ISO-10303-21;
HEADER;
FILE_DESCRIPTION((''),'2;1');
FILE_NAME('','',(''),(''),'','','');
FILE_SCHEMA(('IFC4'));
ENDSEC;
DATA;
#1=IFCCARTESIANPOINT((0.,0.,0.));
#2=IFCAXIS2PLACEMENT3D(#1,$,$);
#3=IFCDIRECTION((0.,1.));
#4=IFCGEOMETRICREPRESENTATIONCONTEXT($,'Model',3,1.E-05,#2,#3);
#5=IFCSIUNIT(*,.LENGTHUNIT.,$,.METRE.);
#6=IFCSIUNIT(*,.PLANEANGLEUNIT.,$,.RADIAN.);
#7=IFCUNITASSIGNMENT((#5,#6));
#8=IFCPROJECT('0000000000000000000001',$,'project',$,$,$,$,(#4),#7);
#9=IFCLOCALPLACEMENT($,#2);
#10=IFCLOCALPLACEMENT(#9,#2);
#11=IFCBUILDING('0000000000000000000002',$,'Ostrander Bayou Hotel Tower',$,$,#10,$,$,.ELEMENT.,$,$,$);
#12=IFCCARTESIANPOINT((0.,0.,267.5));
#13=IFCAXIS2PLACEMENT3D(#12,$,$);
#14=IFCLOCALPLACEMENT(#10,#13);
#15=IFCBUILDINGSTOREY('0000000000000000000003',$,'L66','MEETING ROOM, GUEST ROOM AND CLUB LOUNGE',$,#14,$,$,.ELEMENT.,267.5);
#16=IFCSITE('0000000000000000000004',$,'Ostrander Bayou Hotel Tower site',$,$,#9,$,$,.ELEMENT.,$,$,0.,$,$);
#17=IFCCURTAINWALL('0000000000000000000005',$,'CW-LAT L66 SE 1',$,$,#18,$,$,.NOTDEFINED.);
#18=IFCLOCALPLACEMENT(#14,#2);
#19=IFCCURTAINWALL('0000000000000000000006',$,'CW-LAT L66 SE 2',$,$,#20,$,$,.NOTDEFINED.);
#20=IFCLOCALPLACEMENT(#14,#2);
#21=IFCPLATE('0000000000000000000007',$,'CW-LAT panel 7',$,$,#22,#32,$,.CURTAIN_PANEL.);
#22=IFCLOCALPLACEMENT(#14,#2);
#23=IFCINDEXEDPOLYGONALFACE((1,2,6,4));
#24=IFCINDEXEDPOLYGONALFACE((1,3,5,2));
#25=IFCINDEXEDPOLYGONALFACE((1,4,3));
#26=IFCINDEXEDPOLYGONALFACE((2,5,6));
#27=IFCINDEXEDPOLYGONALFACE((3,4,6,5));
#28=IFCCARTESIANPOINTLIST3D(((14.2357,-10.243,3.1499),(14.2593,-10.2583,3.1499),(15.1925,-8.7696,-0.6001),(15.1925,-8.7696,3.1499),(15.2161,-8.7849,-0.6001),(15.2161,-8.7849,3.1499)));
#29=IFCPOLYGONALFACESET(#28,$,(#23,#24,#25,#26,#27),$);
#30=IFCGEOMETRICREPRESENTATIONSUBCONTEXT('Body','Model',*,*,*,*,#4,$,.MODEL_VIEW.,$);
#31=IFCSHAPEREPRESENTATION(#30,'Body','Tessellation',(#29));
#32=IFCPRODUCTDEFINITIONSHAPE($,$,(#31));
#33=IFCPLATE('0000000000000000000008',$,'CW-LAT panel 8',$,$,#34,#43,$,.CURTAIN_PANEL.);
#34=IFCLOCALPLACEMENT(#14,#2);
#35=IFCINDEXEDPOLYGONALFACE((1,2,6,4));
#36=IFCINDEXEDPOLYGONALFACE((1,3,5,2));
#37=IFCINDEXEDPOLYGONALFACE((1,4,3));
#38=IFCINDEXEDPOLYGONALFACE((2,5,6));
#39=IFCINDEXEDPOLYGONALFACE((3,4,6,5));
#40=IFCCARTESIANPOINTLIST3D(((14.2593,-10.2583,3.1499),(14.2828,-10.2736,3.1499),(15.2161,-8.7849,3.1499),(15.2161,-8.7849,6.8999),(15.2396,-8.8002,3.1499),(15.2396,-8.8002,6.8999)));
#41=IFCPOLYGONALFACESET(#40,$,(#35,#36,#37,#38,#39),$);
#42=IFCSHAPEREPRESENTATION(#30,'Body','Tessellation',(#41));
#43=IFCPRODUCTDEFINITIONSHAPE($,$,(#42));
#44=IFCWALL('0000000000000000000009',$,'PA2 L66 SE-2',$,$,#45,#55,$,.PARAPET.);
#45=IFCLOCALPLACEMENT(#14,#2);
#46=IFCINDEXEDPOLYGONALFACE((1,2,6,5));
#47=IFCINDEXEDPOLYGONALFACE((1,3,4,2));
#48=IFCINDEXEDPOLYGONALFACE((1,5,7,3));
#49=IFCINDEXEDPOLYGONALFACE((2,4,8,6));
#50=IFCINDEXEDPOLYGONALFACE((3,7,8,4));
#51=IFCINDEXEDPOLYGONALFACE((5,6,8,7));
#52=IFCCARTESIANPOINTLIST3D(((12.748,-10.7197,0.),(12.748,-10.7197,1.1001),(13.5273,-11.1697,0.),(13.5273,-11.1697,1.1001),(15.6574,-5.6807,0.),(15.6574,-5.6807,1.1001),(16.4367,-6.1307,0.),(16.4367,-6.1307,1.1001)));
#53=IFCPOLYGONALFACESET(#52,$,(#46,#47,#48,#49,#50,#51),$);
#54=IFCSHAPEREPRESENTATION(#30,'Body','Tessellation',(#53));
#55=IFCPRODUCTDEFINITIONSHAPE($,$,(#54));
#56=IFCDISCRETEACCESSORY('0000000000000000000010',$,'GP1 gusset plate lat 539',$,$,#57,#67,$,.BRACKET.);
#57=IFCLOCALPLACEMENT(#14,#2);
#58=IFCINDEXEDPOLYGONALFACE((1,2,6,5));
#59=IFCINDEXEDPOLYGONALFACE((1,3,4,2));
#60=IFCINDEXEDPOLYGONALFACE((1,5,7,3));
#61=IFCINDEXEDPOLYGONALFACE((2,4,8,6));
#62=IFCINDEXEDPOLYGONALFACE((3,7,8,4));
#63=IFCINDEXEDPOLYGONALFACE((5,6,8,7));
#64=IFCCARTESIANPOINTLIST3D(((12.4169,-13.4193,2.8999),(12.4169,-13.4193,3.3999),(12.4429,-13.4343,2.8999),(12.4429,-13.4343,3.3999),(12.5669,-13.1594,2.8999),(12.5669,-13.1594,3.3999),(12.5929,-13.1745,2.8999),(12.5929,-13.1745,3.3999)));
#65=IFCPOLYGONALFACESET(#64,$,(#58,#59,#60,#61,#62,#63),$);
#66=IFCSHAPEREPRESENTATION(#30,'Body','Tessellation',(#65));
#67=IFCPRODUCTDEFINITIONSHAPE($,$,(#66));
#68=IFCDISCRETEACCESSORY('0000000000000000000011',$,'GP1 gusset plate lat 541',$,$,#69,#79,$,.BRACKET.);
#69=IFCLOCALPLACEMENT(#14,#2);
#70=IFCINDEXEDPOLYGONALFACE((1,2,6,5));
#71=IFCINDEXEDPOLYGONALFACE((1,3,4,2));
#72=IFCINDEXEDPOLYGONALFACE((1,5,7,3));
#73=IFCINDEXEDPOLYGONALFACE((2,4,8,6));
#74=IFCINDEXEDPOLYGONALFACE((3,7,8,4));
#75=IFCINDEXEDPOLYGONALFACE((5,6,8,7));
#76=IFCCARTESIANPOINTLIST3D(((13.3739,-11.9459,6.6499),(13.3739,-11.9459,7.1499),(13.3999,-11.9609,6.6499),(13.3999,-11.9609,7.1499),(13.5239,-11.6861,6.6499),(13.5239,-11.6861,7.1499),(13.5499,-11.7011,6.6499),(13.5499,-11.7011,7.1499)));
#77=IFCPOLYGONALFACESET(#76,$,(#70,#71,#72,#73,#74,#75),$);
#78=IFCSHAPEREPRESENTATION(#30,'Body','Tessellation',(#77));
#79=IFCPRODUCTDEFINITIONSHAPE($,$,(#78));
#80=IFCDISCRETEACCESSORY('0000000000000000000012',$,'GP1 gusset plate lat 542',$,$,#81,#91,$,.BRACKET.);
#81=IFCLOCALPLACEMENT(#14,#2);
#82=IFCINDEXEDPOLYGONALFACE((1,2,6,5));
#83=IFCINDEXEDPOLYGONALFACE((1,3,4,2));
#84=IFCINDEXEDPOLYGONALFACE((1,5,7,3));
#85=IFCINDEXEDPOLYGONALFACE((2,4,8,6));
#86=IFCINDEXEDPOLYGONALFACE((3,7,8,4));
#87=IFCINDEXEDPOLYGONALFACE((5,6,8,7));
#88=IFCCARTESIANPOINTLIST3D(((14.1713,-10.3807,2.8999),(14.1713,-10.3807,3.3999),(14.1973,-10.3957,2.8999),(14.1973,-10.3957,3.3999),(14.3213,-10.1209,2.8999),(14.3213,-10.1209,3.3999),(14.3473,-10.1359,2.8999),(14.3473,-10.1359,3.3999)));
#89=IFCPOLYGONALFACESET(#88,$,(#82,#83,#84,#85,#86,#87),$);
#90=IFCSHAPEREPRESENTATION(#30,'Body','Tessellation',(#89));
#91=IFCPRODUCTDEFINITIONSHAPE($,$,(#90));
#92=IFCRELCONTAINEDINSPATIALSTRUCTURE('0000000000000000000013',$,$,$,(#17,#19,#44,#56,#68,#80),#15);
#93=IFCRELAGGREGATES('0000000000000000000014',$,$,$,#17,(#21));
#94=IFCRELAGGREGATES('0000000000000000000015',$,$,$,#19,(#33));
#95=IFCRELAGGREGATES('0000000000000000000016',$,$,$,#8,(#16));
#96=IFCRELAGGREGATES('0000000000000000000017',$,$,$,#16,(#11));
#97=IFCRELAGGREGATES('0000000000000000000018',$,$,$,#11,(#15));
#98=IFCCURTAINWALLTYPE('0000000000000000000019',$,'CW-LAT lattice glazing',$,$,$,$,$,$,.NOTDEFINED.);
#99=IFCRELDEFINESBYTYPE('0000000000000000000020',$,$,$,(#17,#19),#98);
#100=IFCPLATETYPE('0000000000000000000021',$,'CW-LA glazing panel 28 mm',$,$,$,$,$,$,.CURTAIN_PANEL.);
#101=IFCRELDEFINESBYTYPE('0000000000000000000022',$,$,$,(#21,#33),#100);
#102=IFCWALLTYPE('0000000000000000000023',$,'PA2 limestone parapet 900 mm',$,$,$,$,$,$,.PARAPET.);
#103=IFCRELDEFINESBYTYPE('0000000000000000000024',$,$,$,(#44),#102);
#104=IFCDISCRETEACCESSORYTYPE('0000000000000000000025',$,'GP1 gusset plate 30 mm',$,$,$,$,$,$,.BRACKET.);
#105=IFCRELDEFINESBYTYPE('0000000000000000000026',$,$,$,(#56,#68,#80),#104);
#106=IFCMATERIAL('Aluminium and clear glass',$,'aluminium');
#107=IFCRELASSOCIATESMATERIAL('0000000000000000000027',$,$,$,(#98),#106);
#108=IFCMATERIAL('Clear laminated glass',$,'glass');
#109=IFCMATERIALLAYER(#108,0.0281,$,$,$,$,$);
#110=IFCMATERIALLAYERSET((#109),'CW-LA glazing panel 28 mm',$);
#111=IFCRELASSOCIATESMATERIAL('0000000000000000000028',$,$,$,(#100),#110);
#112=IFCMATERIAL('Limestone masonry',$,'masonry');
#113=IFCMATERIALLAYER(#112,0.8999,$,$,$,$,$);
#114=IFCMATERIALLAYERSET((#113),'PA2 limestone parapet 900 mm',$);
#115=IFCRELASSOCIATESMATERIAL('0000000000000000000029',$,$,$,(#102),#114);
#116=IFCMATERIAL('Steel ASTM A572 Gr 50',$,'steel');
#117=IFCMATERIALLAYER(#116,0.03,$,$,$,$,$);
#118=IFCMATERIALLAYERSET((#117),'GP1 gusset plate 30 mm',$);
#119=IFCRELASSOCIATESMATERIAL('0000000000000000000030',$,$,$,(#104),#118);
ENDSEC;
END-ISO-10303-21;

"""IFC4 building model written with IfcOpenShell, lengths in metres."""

from ifc_helpers import new_model, si_unit, direction, frame, frame_2d, origin, origin_2d, place, context, subcontext, project, spatial, polyline, rectangle, outline, extrude, material, layer, layer_set, type_object, element, aggregate, save


model = new_model("IFC4")

# Units and contexts
model_context = context("Model", 3, precision=1e-05, world=origin(), true_north=direction((0.0, 1.0)))
body_context = subcontext(model_context, "Body", "Model", "MODEL_VIEW")
ifc_project = project(units=[si_unit("LENGTHUNIT", "METRE"), si_unit("PLANEANGLEUNIT", "RADIAN")], contexts=[model_context])

# Site, building, storey
site_placement = place(None, origin())
site = spatial("IfcSite", under=ifc_project, at=site_placement, Name="Ostrander Bayou Hotel Tower site", CompositionType="ELEMENT", RefElevation=0.0)
building_placement = place(site_placement, origin())
building = spatial("IfcBuilding", under=site, at=building_placement, Name="Ostrander Bayou Hotel Tower", CompositionType="ELEMENT")
storey_placement = place(building_placement, frame((0.0, 0.0, 267.5)))
storey = spatial("IfcBuildingStorey", under=building, at=storey_placement, Name="L66", Description="MEETING ROOM, GUEST ROOM AND CLUB LOUNGE", CompositionType="ELEMENT", Elevation=267.5)

# Curtain walls
ifc_material_1 = material(Name="Aluminium and clear glass", Category="aluminium")
curtain_wall_type = type_object("IfcCurtainWallType", Name="CW-LAT lattice glazing", PredefinedType="NOTDEFINED", material=ifc_material_1)
curtain_wall_1_placement = place(storey_placement, origin())
curtain_wall_1 = element("IfcCurtainWall", 1, at=curtain_wall_1_placement, inside=storey, type_object=curtain_wall_type, Name="CW-LAT L66 SE 1", PredefinedType="NOTDEFINED")
curtain_wall_2_placement = place(storey_placement, origin())
curtain_wall_2 = element("IfcCurtainWall", 2, at=curtain_wall_2_placement, inside=storey, type_object=curtain_wall_type, Name="CW-LAT L66 SE 2", PredefinedType="NOTDEFINED")

# Shared definitions
ifc_material_2 = material(Name="Clear laminated glass", Category="glass")
ifc_layer_1 = layer(ifc_material_2, 0.0281)
ifc_layer_set_1 = layer_set([ifc_layer_1], Name="CW-LA glazing panel 28 mm")
plate_type = type_object("IfcPlateType", Name="CW-LA glazing panel 28 mm", PredefinedType="CURTAIN_PANEL", material=ifc_layer_set_1)

# Plates
plate_1_placement = place(storey_placement, frame((14.2593, -10.2583, 3.1499), z_axis=(0.838682, -0.544622, 0.0), x_axis=(0.231046, 0.355795, -0.905554)))
plate_1 = element("IfcPlate", 3, at=plate_1_placement, type_object=plate_type, Name="CW-LAT panel 7", PredefinedType="CURTAIN_PANEL", context=body_context, shape_type="SweptSolid", body=[
    extrude(outline(polyline([(0.0, 0.0), (4.1411, 0.0), (0.7453, 1.5909), (0.0, 0.0)])), origin(), (0.0, 0.0, -1.0), 0.0281),
])
aggregate(curtain_wall_1, [plate_1])
plate_2_placement = place(storey_placement, frame((14.2593, -10.2583, 3.1499), z_axis=(-0.838682, 0.544622, 0.0), x_axis=(0.231046, 0.355795, 0.905554)))
plate_2 = element("IfcPlate", 4, at=plate_2_placement, type_object=plate_type, Name="CW-LAT panel 8", PredefinedType="CURTAIN_PANEL", context=body_context, shape_type="SweptSolid", body=[
    extrude(outline(polyline([(0.0, 0.0), (4.1411, 0.0), (0.7453, 1.5909), (0.0, 0.0)])), origin(), (0.0, 0.0, -1.0), 0.0281),
])
aggregate(curtain_wall_2, [plate_2])

# Wall
ifc_material_3 = material(Name="Limestone masonry", Category="masonry")
ifc_layer_2 = layer(ifc_material_3, 0.8999)
ifc_layer_set_2 = layer_set([ifc_layer_2], Name="PA2 limestone parapet 900 mm")
wall_type = type_object("IfcWallType", Name="PA2 limestone parapet 900 mm", PredefinedType="PARAPET", material=ifc_layer_set_2)
wall_placement = place(storey_placement, frame((13.1377, -10.9446, 0.0), z_axis=(0.0, 0.0, 1.0), x_axis=(0.500015, 0.866016, 0.0)))
element("IfcWall", 5, at=wall_placement, inside=storey, type_object=wall_type, Name="PA2 L66 SE-2", PredefinedType="PARAPET", context=body_context, shape_type="SweptSolid", body=[
    extrude(rectangle(XDim=5.8186, YDim=0.8999, at=frame_2d((2.9092, 0.0))), origin(), (0.0, 0.0, 1.0), 1.1001),
])

# Discrete accessories
ifc_material_4 = material(Name="Steel ASTM A572 Gr 50", Category="steel")
ifc_layer_3 = layer(ifc_material_4, 0.03)
ifc_layer_set_3 = layer_set([ifc_layer_3], Name="GP1 gusset plate 30 mm")
discrete_accessory_type = type_object("IfcDiscreteAccessoryType", Name="GP1 gusset plate 30 mm", PredefinedType="BRACKET", material=ifc_layer_set_3)
for number, where, z_axis, x_axis, name in (
    (6, (12.5049, -13.2969, 2.8999), (0.0, 0.0, 1.0), (0.5, 0.866025, 0.0), "GP1 gusset plate lat 539"),
    (7, (13.4619, -11.8235, 6.6499), (0.0, 0.0, 1.0), (0.5, 0.866025, 0.0), "GP1 gusset plate lat 541"),
    (8, (14.2593, -10.2583, 2.8999), (0.0, 0.0, 1.0), (0.5, 0.866025, 0.0), "GP1 gusset plate lat 542"),
):
    element("IfcDiscreteAccessory", number, at=place(storey_placement, frame(where, z_axis=z_axis, x_axis=x_axis)), inside=storey, type_object=discrete_accessory_type, Name=name, PredefinedType="BRACKET", context=body_context, shape_type="SweptSolid", body=[
        extrude(rectangle(XDim=0.3, YDim=0.03, at=origin_2d()), origin(), (0.0, 0.0, 1.0), 0.5),
    ])

save(model, "model.ifc")
